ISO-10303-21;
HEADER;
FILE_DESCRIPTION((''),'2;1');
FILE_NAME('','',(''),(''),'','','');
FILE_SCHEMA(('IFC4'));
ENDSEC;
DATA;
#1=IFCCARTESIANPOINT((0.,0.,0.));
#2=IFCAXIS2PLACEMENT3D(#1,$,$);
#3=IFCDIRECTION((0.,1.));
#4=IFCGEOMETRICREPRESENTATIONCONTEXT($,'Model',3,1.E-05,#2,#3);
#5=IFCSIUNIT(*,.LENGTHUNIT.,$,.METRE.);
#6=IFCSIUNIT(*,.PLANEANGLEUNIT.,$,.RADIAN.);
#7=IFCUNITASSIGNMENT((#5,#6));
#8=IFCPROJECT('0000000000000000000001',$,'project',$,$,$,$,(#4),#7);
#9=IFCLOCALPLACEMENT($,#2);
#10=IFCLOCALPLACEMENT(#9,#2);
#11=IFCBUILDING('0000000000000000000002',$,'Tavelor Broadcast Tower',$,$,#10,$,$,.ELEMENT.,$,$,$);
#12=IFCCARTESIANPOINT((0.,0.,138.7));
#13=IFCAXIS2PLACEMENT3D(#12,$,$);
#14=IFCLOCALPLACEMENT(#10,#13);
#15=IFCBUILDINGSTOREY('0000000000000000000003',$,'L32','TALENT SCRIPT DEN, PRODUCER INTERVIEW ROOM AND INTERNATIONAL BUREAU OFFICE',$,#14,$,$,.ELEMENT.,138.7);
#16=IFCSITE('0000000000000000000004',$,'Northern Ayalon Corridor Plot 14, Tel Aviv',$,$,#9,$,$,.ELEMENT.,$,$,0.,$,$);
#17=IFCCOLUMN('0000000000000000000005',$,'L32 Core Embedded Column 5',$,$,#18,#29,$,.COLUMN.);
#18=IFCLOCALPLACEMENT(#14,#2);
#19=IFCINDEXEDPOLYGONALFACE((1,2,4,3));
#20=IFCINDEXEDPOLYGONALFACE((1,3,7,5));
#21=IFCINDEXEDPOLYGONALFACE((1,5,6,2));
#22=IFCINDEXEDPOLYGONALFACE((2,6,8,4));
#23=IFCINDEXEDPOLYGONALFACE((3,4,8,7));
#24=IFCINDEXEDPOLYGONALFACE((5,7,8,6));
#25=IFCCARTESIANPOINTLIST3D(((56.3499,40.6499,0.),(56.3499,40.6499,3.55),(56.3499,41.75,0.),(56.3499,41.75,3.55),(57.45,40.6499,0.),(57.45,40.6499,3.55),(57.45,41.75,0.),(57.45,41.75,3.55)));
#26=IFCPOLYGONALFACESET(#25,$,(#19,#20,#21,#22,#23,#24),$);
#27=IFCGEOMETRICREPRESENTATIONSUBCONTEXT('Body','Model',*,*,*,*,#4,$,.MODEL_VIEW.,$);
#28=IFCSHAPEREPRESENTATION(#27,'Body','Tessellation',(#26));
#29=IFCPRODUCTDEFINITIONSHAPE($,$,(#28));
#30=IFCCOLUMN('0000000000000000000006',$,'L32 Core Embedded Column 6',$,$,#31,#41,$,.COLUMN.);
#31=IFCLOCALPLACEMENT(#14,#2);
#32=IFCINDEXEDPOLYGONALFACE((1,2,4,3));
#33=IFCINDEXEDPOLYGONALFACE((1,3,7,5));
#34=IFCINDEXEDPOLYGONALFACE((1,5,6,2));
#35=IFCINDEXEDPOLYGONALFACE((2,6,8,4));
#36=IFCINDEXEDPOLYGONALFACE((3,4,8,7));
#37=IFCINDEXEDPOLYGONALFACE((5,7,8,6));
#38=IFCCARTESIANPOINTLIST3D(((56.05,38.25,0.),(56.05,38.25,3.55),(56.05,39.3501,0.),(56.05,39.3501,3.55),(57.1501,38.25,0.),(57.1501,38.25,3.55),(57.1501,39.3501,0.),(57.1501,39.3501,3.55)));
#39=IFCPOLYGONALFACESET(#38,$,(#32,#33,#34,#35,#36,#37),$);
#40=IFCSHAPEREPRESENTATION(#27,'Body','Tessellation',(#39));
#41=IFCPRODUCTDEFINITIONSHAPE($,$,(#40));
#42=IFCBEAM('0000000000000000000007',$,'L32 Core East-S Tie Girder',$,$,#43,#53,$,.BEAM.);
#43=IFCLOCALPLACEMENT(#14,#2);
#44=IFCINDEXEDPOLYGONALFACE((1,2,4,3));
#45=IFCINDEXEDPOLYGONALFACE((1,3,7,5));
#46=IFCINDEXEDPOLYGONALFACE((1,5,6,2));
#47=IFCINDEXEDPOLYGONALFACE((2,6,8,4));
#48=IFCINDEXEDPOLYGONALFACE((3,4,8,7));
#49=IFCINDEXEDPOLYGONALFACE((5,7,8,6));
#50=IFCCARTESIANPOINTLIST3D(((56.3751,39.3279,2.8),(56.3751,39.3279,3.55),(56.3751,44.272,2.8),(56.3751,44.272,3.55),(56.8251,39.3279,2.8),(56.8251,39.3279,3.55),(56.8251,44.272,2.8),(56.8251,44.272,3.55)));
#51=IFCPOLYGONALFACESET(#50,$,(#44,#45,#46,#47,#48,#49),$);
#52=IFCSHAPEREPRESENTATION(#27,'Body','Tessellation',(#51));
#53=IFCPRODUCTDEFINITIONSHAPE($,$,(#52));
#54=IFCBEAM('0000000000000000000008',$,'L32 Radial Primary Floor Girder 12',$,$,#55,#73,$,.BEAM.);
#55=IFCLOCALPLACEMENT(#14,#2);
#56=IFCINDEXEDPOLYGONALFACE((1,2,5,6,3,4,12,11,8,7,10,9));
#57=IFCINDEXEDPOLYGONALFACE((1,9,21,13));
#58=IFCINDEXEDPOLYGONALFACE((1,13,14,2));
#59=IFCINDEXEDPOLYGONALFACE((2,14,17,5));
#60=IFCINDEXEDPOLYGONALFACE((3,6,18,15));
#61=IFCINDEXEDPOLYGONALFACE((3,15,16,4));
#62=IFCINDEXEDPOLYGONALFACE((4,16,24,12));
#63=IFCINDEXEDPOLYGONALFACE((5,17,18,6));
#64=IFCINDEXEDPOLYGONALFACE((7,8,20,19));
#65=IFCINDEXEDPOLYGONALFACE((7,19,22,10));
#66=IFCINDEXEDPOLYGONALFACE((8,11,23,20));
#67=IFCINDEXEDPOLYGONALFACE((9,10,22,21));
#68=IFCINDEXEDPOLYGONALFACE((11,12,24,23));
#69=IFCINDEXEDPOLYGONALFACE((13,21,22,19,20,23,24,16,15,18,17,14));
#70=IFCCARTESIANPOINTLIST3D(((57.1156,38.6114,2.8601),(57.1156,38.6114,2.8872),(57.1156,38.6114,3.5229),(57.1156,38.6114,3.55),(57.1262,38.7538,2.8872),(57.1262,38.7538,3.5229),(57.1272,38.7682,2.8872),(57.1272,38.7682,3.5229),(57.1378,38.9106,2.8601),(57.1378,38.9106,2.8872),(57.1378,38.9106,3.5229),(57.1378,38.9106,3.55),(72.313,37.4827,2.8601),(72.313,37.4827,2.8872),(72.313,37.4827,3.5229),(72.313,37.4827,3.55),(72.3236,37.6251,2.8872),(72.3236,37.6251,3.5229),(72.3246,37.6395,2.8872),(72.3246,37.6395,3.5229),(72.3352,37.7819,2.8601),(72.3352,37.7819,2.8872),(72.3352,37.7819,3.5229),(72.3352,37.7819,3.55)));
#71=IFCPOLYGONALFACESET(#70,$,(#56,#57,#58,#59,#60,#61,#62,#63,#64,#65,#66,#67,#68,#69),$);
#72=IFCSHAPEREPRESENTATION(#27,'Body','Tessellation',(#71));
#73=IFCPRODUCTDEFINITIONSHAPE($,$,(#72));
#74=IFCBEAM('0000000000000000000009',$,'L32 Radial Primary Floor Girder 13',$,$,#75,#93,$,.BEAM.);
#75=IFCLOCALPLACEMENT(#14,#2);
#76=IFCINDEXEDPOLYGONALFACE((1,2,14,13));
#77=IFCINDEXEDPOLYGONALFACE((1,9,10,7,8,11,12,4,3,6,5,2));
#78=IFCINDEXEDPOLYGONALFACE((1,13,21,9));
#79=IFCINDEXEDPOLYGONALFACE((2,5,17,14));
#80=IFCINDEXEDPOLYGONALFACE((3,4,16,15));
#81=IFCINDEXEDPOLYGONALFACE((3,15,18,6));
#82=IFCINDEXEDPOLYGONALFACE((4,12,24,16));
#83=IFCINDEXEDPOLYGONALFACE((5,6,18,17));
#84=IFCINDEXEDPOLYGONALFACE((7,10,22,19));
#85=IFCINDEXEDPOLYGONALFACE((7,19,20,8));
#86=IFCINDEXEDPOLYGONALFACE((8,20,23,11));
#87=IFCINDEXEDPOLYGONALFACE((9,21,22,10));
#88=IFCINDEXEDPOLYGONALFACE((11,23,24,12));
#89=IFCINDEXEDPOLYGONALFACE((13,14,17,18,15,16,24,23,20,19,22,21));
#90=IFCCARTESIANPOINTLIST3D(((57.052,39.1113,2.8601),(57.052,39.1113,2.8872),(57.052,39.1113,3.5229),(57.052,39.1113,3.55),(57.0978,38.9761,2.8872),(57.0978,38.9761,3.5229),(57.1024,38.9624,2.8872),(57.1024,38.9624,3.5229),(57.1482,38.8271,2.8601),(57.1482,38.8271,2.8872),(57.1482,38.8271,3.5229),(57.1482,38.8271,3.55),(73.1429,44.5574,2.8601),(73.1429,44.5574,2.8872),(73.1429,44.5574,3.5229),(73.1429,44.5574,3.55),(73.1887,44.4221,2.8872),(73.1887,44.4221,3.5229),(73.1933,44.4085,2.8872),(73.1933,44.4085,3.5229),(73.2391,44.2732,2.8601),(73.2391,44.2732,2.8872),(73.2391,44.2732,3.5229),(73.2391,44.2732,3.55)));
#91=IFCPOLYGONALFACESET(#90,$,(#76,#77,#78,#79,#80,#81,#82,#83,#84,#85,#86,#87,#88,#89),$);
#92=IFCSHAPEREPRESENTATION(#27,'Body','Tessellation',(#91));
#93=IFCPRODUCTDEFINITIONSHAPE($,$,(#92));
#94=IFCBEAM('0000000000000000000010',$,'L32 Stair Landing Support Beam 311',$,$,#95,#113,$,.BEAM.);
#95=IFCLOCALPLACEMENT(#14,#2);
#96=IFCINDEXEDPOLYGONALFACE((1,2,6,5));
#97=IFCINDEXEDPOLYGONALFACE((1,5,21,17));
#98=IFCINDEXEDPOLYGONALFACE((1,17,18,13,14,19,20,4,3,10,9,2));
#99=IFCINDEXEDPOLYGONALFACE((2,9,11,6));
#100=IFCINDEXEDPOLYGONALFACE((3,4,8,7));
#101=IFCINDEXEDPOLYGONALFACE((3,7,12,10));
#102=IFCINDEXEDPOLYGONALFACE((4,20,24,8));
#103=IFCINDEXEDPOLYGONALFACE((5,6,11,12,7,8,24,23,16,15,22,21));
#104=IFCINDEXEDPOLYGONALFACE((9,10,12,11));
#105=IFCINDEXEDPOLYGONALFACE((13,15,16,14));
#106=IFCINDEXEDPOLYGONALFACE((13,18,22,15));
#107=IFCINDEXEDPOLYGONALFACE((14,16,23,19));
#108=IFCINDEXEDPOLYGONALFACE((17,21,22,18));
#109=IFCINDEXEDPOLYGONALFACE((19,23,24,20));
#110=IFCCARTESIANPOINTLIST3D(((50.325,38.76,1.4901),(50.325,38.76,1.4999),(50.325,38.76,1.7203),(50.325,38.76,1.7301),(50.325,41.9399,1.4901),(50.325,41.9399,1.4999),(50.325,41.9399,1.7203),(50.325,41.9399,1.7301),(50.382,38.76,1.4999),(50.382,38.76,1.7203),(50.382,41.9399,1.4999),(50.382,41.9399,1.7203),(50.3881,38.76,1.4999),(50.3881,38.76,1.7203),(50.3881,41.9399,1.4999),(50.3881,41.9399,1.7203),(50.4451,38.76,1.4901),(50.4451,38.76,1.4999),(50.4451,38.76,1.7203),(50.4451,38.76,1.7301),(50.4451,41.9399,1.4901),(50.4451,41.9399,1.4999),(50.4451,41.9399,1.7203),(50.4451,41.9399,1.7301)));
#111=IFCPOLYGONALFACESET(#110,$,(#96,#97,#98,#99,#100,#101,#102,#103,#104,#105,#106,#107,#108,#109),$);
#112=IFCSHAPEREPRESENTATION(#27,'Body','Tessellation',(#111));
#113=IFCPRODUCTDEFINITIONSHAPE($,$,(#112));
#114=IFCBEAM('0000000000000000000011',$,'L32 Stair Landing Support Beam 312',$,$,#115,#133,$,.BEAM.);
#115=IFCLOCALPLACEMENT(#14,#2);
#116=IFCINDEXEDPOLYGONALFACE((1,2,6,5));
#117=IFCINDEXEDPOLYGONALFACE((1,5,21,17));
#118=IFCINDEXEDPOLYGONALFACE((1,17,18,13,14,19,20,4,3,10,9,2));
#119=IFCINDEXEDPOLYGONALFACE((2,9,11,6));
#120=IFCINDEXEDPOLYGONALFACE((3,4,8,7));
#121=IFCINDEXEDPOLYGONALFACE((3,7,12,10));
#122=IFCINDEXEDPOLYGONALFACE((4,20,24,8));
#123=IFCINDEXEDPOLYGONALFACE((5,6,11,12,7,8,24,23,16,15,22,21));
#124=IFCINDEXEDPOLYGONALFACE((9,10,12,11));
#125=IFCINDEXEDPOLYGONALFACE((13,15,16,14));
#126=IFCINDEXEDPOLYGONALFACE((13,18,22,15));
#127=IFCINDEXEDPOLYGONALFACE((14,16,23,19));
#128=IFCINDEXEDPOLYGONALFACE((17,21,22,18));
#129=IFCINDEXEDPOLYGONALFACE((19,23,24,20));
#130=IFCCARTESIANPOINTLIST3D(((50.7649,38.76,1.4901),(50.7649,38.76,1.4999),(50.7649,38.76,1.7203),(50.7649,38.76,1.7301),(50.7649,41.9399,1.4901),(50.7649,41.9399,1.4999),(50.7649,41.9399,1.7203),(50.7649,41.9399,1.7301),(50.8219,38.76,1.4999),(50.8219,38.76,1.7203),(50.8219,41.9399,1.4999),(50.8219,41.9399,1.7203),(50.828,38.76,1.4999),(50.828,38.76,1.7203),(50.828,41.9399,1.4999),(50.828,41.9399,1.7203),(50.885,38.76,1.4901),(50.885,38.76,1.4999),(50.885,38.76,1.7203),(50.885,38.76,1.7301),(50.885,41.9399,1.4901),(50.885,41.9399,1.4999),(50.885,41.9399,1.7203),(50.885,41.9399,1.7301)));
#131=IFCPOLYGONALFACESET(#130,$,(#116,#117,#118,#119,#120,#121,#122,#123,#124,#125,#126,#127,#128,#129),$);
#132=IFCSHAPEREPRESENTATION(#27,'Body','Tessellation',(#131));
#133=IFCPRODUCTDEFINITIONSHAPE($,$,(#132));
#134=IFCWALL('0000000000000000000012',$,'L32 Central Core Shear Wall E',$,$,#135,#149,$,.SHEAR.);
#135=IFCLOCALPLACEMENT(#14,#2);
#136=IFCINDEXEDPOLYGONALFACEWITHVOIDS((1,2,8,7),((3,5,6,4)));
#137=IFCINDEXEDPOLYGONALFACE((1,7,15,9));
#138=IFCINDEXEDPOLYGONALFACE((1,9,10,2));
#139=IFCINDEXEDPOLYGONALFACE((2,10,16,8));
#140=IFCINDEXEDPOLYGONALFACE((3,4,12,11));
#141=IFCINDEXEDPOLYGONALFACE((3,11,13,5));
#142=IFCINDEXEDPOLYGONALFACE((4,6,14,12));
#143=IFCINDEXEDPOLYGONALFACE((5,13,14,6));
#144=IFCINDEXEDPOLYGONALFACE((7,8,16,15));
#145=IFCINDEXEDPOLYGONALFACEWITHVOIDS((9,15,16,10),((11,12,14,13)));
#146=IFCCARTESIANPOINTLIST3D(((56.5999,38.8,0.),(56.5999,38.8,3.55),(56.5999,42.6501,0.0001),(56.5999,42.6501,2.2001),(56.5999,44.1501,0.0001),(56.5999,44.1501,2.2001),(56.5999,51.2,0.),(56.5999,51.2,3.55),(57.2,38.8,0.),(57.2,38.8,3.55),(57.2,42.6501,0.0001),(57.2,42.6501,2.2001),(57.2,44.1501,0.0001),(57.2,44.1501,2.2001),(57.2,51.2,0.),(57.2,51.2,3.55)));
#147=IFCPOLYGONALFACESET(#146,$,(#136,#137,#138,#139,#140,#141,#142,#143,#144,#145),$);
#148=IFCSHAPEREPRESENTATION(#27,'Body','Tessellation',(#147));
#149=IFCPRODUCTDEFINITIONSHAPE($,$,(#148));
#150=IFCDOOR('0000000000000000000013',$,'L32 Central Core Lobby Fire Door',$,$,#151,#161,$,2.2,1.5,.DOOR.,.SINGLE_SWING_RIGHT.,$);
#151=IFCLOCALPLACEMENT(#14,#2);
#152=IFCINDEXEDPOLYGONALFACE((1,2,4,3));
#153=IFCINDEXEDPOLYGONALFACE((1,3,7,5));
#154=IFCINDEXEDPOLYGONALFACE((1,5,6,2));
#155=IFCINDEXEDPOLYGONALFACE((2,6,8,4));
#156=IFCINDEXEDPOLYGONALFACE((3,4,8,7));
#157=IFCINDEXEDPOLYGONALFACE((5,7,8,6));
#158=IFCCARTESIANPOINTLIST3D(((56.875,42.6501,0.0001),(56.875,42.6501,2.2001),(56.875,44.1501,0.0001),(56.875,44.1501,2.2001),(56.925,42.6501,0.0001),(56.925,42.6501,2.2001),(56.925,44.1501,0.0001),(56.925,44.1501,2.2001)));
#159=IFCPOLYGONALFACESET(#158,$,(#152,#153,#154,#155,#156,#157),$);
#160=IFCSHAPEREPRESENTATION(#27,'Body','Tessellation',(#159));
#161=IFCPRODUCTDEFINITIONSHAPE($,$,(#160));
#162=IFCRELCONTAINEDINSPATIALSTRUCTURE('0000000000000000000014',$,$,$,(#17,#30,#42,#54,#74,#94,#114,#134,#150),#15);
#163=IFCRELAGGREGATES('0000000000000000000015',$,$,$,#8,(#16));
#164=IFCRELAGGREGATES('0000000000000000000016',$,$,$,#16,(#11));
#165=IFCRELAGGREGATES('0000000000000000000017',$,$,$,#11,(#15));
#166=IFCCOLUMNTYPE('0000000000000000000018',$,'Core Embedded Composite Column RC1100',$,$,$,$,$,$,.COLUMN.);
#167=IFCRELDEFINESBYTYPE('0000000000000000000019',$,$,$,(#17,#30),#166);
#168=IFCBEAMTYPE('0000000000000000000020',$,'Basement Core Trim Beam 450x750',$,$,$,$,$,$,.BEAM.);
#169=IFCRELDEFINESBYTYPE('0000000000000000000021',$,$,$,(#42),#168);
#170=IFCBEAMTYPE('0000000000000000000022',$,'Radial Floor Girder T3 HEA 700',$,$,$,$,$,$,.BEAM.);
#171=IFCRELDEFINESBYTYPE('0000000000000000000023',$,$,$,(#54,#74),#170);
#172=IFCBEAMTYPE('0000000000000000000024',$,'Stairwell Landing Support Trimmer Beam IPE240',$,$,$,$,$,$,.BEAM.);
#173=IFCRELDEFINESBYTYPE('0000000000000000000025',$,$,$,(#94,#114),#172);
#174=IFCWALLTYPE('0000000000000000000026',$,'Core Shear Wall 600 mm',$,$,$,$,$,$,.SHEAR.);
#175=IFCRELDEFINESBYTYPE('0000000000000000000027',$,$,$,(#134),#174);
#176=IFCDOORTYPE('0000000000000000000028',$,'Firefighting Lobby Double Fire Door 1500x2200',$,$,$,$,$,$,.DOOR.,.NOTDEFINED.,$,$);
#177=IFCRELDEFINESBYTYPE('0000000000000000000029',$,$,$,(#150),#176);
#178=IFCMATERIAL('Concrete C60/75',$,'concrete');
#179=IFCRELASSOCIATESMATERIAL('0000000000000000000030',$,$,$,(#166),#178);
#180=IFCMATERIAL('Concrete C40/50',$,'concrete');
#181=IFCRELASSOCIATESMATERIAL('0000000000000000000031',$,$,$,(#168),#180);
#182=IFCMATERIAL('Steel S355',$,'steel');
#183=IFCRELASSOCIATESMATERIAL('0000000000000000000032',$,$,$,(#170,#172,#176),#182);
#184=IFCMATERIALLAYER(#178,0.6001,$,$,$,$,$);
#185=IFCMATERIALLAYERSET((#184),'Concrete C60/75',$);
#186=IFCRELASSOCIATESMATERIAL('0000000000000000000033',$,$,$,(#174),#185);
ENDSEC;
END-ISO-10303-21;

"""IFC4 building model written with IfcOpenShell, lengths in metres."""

from ifc_helpers import new_model, si_unit, direction, frame, frame_2d, origin, origin_2d, place, context, subcontext, project, spatial, rectangle, i_section, extrude, material, layer, layer_set, material_profile, profile_set, type_object, element, fill, save


model = new_model("IFC4")

# Units and contexts
model_context = context("Model", 3, precision=1e-05, world=origin(), true_north=direction((0.0, 1.0)))
body_context = subcontext(model_context, "Body", "Model", "MODEL_VIEW")
ifc_project = project(units=[si_unit("LENGTHUNIT", "METRE"), si_unit("PLANEANGLEUNIT", "RADIAN")], contexts=[model_context])

# Site, building, storey
site_placement = place(None, origin())
site = spatial("IfcSite", under=ifc_project, at=site_placement, Name="Northern Ayalon Corridor Plot 14, Tel Aviv", CompositionType="ELEMENT", RefElevation=0.0)
building_placement = place(site_placement, origin())
building = spatial("IfcBuilding", under=site, at=building_placement, Name="Tavelor Broadcast Tower", CompositionType="ELEMENT")
storey_placement = place(building_placement, frame((0.0, 0.0, 138.7)))
storey = spatial("IfcBuildingStorey", under=building, at=storey_placement, Name="L32", Description="TALENT SCRIPT DEN, PRODUCER INTERVIEW ROOM AND INTERNATIONAL BUREAU OFFICE", CompositionType="ELEMENT", Elevation=138.7)

# Columns
ifc_material_1 = material(Name="Concrete C60/75", Category="concrete")
ifc_material_profile_1 = material_profile(ifc_material_1, rectangle(XDim=1.1001, YDim=1.1001, at=origin_2d()), Name="RC 1100x1100")
ifc_profile_set_1 = profile_set([ifc_material_profile_1], Name="Concrete C60/75")
column_type = type_object("IfcColumnType", Name="Core Embedded Composite Column RC1100", PredefinedType="COLUMN", material=ifc_profile_set_1)
for number, where, z_axis, x_axis, name in (
    (1, (56.8999, 41.2, 0.0), (0.0, 0.0, 1.0), (1.0, 0.0, 0.0), "L32 Core Embedded Column 5"),
    (2, (56.6001, 38.8, 0.0), (0.0, 0.0, 1.0), (1.0, 0.0, 0.0), "L32 Core Embedded Column 6"),
):
    element("IfcColumn", number, at=place(storey_placement, frame(where, z_axis=z_axis, x_axis=x_axis)), inside=storey, type_object=column_type, Name=name, PredefinedType="COLUMN", context=body_context, shape_type="SweptSolid", body=[
        extrude(rectangle(XDim=1.1001, YDim=1.1001, at=origin_2d()), origin(), (0.0, 0.0, 1.0), 3.55),
    ])

# Beams
ifc_material_2 = material(Name="Concrete C40/50", Category="concrete")
ifc_material_profile_2 = material_profile(ifc_material_2, rectangle(XDim=0.45, YDim=0.75, at=origin_2d()), Name="RC 450x750")
ifc_profile_set_2 = profile_set([ifc_material_profile_2], Name="Concrete C40/50")
beam_type_1 = type_object("IfcBeamType", Name="Basement Core Trim Beam 450x750", PredefinedType="BEAM", material=ifc_profile_set_2)
beam_1_placement = place(storey_placement, frame((56.6001, 39.3279, 3.175), z_axis=(0.0, 1.0, 0.0), x_axis=(-1.0, 0.0, 0.0)))
element("IfcBeam", 3, at=beam_1_placement, inside=storey, type_object=beam_type_1, Name="L32 Core East-S Tie Girder", PredefinedType="BEAM", context=body_context, shape_type="SweptSolid", body=[
    extrude(rectangle(XDim=0.45, YDim=0.75, at=origin_2d()), origin(), (0.0, 0.0, 1.0), 4.9441),
])
ifc_material_3 = material(Name="Steel S355", Category="steel")
ifc_material_profile_3 = material_profile(ifc_material_3, i_section(OverallWidth=0.3, OverallDepth=0.6899, WebThickness=0.0144, FlangeThickness=0.0271, at=origin_2d()), Name="HEA 700")
ifc_profile_set_3 = profile_set([ifc_material_profile_3], Name="Steel S355")
beam_type_2 = type_object("IfcBeamType", Name="Radial Floor Girder T3 HEA 700", PredefinedType="BEAM", material=ifc_profile_set_3)
beam_2_placement = place(storey_placement, frame((57.1267, 38.761, 3.2051), z_axis=(0.997254, -0.074062, 0.0), x_axis=(0.074062, 0.997254, 0.0)))
element("IfcBeam", 4, at=beam_2_placement, inside=storey, type_object=beam_type_2, Name="L32 Radial Primary Floor Girder 12", PredefinedType="BEAM", context=body_context, shape_type="SweptSolid", body=[
    extrude(i_section(OverallWidth=0.3, OverallDepth=0.6899, WebThickness=0.0144, FlangeThickness=0.0271, at=origin_2d()), origin(), (0.0, 0.0, 1.0), 15.2393),
])
beam_3_placement = place(storey_placement, frame((57.1001, 38.9692, 3.2051), z_axis=(0.947217, 0.320592, 0.0), x_axis=(-0.320592, 0.947217, 0.0)))
element("IfcBeam", 5, at=beam_3_placement, inside=storey, type_object=beam_type_2, Name="L32 Radial Primary Floor Girder 13", PredefinedType="BEAM", context=body_context, shape_type="SweptSolid", body=[
    extrude(i_section(OverallWidth=0.3, OverallDepth=0.6899, WebThickness=0.0144, FlangeThickness=0.0271, at=origin_2d()), origin(), (0.0, 0.0, 1.0), 16.9875),
])
ifc_material_profile_4 = material_profile(ifc_material_3, i_section(OverallWidth=0.1201, OverallDepth=0.24, WebThickness=0.0061, FlangeThickness=0.0098, at=origin_2d()), Name="IPE 240")
ifc_profile_set_4 = profile_set([ifc_material_profile_4], Name="Steel S355")
beam_type_3 = type_object("IfcBeamType", Name="Stairwell Landing Support Trimmer Beam IPE240", PredefinedType="BEAM", material=ifc_profile_set_4)
for number, where, z_axis, x_axis, name in (
    (6, (50.385, 38.76, 1.6101), (0.0, 1.0, 0.0), (-1.0, 0.0, 0.0), "L32 Stair Landing Support Beam 311"),
    (7, (50.825, 38.76, 1.6101), (0.0, 1.0, 0.0), (-1.0, 0.0, 0.0), "L32 Stair Landing Support Beam 312"),
):
    element("IfcBeam", number, at=place(storey_placement, frame(where, z_axis=z_axis, x_axis=x_axis)), inside=storey, type_object=beam_type_3, Name=name, PredefinedType="BEAM", context=body_context, shape_type="SweptSolid", body=[
        extrude(i_section(OverallWidth=0.1201, OverallDepth=0.24, WebThickness=0.0061, FlangeThickness=0.0098, at=origin_2d()), origin(), (0.0, 0.0, 1.0), 3.1799),
    ])

# Wall, opening, door
ifc_layer_1 = layer(ifc_material_1, 0.6001)
ifc_layer_set_1 = layer_set([ifc_layer_1], Name="Concrete C60/75")
wall_type_1 = type_object("IfcWallType", Name="Core Shear Wall 600 mm", PredefinedType="SHEAR", material=ifc_layer_set_1)
wall_1_placement = place(storey_placement, frame((56.8999, 38.8, 0.0), z_axis=(0.0, 0.0, 1.0), x_axis=(0.0, 1.0, 0.0)))
wall_1 = element("IfcWall", 8, at=wall_1_placement, inside=storey, type_object=wall_type_1, Name="L32 Central Core Shear Wall E", PredefinedType="SHEAR", context=body_context, shape_type="SweptSolid", body=[
    extrude(rectangle(XDim=12.3999, YDim=0.6001, at=frame_2d((6.2, 0.0))), origin(), (0.0, 0.0, 1.0), 3.55),
])
opening_1_placement = place(wall_1_placement, frame((3.8501, 0.0, 0.0)))
opening_1 = element("IfcOpeningElement", 9, at=opening_1_placement, cuts=wall_1, PredefinedType="OPENING", context=body_context, shape_type="SweptSolid", body=[
    extrude(rectangle(XDim=1.5, YDim=2.2, at=frame_2d((0.75, 1.1001))), frame((0.0, 0.3101, 0.0), z_axis=(0.0, -1.0, 0.0), x_axis=(1.0, 0.0, 0.0)), (0.0, 0.0, 1.0), 0.6201),
])
door_type_1 = type_object("IfcDoorType", Name="Firefighting Lobby Double Fire Door 1500x2200", OperationType="NOTDEFINED", PredefinedType="DOOR", material=ifc_material_3)
door_1_placement = place(opening_1_placement, origin())
door_1 = element("IfcDoor", 10, at=door_1_placement, inside=storey, type_object=door_type_1, Name="L32 Central Core Lobby Fire Door", OperationType="SINGLE_SWING_RIGHT", OverallHeight=2.2, OverallWidth=1.5, PredefinedType="DOOR", context=body_context, shape_type="SweptSolid", body=[
    extrude(rectangle(XDim=1.5, YDim=2.2, at=frame_2d((0.75, 1.1001))), frame((0.0, 0.0249, 0.0), z_axis=(0.0, -1.0, 0.0), x_axis=(1.0, 0.0, 0.0)), (0.0, 0.0, 1.0), 0.05),
])
fill(opening_1, door_1)

save(model, "model.ifc")
